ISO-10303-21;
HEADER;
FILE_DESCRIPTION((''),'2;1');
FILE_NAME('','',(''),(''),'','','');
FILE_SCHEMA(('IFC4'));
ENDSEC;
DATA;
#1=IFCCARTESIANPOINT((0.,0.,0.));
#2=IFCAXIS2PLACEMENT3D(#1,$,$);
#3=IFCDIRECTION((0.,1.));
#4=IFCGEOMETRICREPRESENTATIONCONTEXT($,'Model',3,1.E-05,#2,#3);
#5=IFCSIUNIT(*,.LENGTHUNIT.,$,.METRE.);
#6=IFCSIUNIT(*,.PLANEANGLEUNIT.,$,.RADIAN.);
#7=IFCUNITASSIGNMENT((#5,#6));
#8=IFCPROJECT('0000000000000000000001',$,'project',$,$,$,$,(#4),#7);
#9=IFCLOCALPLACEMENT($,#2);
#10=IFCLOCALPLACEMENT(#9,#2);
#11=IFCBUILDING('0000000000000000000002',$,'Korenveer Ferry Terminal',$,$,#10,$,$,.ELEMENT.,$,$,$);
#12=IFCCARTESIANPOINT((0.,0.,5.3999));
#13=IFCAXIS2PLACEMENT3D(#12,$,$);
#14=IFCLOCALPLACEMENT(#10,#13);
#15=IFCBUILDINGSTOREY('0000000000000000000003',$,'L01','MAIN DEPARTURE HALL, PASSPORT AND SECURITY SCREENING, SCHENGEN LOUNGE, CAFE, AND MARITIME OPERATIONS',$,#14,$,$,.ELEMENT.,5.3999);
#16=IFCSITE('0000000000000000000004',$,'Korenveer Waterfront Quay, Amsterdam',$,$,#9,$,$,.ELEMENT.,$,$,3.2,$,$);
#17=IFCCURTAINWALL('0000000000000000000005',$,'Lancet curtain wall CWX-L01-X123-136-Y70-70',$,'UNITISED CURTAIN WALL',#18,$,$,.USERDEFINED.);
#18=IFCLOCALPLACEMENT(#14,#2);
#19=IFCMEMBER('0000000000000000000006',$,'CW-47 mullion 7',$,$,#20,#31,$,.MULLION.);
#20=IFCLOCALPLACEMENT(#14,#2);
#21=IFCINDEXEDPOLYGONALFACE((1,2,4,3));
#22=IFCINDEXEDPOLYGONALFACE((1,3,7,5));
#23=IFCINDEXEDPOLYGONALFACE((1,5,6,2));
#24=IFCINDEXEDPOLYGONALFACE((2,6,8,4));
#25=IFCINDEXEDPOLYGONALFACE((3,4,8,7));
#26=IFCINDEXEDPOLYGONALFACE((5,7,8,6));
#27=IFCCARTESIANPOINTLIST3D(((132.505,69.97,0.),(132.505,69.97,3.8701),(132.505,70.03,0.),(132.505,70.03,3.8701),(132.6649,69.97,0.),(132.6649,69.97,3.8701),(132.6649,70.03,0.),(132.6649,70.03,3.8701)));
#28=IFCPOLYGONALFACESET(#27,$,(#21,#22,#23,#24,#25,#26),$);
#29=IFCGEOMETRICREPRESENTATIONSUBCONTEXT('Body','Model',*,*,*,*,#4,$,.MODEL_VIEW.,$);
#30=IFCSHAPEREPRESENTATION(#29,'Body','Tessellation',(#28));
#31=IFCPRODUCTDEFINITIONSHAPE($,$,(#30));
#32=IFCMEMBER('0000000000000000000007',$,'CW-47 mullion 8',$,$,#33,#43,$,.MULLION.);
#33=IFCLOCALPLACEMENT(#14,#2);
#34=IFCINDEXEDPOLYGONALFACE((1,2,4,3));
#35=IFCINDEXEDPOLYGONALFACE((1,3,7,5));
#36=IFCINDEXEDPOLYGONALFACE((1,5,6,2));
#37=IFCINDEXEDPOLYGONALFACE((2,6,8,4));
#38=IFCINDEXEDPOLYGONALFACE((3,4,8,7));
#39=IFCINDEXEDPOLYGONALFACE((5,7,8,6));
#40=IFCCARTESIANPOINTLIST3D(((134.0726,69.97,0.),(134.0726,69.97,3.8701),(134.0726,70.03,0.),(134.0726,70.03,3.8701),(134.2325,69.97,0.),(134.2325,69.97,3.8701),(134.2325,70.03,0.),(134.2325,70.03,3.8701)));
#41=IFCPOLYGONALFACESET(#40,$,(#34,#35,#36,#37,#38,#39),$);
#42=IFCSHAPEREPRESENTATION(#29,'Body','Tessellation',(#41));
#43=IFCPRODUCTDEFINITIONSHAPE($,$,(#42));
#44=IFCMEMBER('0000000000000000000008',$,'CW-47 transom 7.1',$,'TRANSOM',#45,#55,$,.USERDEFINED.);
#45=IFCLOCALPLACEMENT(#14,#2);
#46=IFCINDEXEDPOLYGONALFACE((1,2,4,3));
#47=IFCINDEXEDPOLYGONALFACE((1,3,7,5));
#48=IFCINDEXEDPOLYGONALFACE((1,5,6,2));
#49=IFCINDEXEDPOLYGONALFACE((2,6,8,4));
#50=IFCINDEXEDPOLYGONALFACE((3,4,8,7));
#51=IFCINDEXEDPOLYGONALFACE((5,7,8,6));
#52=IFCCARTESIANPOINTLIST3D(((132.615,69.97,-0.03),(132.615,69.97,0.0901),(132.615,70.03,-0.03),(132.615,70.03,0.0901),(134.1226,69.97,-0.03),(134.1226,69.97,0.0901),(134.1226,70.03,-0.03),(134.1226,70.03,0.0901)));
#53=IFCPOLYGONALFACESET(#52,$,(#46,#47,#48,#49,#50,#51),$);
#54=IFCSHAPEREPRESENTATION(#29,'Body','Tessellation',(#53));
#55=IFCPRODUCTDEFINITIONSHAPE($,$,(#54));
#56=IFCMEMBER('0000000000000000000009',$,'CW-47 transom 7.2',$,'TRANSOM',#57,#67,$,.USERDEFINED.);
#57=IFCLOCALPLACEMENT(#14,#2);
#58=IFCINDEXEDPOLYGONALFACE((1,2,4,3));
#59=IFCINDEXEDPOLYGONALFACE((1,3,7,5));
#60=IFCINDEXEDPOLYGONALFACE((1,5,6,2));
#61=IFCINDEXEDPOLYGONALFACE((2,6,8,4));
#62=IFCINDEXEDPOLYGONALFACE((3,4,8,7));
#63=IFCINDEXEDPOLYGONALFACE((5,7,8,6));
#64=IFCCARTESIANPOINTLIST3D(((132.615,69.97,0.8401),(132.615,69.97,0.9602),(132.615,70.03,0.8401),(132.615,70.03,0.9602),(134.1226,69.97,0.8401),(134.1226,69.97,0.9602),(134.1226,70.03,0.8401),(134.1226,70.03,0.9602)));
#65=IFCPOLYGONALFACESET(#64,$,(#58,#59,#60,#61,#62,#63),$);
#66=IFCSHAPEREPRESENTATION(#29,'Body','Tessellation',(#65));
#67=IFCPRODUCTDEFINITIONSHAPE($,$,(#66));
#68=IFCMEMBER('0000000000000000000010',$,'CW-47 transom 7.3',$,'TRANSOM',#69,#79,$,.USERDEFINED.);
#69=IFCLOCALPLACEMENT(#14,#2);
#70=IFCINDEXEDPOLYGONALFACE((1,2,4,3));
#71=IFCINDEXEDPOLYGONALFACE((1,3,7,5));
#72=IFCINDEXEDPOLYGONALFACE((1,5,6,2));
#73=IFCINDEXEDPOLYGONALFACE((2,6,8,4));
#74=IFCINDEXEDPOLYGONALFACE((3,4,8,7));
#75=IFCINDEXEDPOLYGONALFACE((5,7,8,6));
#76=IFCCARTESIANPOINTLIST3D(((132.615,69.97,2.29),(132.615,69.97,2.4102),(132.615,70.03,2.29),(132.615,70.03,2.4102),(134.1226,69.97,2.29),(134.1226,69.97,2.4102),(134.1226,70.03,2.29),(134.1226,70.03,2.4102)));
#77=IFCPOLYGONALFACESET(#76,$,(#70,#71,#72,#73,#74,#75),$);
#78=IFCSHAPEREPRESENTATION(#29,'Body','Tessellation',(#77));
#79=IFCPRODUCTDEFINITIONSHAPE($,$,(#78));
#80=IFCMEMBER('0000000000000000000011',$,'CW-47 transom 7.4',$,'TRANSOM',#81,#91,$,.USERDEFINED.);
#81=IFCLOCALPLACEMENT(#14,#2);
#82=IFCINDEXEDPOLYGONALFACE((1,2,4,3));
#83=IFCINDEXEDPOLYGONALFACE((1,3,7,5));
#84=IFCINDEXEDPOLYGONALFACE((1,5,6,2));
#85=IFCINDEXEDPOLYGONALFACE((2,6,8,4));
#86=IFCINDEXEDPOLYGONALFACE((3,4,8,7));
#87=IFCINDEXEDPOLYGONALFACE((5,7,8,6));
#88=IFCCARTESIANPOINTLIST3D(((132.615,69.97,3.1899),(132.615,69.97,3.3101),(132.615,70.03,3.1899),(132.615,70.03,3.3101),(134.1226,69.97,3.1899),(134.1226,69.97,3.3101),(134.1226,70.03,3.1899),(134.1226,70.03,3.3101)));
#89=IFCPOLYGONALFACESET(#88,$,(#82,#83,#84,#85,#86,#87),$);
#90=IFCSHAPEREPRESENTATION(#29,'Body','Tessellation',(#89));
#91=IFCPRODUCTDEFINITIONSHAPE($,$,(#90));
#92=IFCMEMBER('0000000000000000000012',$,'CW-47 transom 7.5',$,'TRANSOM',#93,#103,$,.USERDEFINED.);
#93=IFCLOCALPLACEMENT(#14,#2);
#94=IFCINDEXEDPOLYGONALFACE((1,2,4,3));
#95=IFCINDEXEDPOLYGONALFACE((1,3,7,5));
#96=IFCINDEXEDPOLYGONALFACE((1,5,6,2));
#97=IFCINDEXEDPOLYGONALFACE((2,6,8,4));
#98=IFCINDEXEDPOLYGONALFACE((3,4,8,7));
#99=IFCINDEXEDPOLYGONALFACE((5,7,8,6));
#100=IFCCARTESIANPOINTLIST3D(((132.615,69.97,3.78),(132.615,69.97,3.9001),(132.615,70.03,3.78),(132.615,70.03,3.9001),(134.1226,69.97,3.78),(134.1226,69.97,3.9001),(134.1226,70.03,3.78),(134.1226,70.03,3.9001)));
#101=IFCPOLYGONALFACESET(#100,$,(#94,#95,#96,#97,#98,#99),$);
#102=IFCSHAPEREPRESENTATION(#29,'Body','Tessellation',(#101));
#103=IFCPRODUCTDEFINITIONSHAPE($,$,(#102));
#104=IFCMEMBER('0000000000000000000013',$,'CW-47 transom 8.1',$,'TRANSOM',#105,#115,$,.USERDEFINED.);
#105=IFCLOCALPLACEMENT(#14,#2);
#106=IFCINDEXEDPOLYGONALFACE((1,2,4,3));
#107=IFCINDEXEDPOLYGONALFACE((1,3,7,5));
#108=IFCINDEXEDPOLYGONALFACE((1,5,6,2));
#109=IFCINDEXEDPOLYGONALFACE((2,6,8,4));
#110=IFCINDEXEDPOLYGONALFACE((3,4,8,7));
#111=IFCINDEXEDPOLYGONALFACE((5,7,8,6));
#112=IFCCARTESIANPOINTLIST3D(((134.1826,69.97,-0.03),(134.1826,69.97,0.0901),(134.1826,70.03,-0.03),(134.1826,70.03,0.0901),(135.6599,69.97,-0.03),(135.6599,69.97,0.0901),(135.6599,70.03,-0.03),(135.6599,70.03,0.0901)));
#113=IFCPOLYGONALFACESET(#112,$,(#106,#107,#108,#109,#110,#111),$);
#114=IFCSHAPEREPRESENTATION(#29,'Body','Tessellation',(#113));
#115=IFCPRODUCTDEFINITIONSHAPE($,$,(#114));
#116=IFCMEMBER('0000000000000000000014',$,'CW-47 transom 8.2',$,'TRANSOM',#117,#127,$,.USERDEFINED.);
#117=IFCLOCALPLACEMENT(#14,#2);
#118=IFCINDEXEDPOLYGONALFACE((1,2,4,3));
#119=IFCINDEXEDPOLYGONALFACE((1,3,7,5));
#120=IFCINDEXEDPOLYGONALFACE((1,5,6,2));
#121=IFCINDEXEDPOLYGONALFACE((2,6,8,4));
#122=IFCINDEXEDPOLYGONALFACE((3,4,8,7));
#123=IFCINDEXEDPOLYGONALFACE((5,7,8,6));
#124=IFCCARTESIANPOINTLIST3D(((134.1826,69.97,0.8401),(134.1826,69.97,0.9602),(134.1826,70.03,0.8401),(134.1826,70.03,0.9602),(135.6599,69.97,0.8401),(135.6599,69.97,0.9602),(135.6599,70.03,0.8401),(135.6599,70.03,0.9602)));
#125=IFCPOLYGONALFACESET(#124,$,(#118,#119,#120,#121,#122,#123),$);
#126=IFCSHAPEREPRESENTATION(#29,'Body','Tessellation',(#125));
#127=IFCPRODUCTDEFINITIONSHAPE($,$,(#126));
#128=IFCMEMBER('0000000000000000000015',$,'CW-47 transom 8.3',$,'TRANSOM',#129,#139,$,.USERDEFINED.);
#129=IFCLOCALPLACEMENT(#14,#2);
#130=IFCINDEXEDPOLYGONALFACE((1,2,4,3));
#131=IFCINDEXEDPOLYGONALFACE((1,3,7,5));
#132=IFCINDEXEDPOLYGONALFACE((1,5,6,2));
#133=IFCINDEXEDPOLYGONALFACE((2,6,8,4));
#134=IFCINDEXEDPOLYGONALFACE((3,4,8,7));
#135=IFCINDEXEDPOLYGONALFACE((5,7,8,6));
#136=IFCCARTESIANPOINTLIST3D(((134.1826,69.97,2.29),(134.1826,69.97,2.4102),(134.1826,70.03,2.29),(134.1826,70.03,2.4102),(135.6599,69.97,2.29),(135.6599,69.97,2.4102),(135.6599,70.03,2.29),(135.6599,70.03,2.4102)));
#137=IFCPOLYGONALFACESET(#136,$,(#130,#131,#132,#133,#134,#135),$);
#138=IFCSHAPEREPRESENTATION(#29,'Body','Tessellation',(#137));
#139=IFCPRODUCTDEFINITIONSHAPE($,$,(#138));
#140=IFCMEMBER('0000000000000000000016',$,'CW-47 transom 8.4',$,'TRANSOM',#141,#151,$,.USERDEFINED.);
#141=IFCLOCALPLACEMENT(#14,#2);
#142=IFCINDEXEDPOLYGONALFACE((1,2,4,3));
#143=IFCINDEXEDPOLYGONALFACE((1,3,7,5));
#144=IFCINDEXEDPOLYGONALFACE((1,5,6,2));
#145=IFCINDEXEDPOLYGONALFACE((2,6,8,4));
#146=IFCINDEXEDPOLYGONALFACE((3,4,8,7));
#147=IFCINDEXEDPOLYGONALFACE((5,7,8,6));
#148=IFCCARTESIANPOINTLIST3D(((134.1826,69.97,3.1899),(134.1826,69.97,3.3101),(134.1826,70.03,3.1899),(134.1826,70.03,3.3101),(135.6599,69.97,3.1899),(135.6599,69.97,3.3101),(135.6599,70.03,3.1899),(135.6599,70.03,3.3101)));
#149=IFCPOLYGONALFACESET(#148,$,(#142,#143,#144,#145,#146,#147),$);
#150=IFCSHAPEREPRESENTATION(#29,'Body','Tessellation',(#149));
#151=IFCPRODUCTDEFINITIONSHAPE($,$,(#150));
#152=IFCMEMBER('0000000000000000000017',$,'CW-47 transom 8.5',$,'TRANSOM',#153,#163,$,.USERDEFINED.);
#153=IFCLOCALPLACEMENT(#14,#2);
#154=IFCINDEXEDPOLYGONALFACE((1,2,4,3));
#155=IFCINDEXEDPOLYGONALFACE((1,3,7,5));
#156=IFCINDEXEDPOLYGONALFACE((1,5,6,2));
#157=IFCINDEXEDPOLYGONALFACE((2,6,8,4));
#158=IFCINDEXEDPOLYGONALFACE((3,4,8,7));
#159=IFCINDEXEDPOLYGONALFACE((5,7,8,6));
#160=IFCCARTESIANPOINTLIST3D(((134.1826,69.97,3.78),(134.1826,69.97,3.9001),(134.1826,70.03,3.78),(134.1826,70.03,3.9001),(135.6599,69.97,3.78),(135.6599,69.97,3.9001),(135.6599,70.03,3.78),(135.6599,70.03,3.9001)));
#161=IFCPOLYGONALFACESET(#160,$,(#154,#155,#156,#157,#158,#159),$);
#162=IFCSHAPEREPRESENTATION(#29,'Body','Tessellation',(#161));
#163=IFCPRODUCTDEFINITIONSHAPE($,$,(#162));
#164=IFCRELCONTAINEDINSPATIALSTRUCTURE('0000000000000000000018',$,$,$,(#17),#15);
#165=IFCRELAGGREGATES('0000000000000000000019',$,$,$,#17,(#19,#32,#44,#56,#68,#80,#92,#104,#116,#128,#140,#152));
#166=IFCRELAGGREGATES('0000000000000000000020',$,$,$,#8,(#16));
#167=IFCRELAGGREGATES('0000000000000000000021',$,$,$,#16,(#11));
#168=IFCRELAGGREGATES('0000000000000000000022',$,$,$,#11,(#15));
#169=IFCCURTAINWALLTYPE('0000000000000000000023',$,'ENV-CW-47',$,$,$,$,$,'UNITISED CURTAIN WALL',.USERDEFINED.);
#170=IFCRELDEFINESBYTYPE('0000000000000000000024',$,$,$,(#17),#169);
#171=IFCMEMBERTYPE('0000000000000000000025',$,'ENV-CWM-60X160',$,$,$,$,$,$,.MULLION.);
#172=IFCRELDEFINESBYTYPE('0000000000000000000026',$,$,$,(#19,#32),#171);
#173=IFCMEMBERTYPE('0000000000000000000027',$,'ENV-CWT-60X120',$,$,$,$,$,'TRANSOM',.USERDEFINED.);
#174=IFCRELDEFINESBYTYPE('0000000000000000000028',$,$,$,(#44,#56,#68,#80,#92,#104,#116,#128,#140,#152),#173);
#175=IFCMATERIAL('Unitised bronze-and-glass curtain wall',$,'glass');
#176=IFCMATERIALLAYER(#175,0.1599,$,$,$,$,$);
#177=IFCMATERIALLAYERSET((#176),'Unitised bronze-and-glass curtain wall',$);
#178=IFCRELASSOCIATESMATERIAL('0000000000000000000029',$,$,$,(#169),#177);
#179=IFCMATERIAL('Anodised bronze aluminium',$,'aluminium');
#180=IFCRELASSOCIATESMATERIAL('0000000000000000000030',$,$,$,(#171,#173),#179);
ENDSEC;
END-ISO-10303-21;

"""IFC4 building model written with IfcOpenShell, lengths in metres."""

from ifc_helpers import new_model, si_unit, direction, frame, origin, origin_2d, place, context, subcontext, project, spatial, rectangle, extrude, material, layer, layer_set, material_profile, profile_set, type_object, element, aggregate, save


model = new_model("IFC4")

# Units and contexts
model_context = context("Model", 3, precision=1e-05, world=origin(), true_north=direction((0.0, 1.0)))
body_context = subcontext(model_context, "Body", "Model", "MODEL_VIEW")
ifc_project = project(units=[si_unit("LENGTHUNIT", "METRE"), si_unit("PLANEANGLEUNIT", "RADIAN")], contexts=[model_context])

# Site, building, storey
site_placement = place(None, origin())
site = spatial("IfcSite", under=ifc_project, at=site_placement, Name="Korenveer Waterfront Quay, Amsterdam", CompositionType="ELEMENT", RefElevation=3.2)
building_placement = place(site_placement, origin())
building = spatial("IfcBuilding", under=site, at=building_placement, Name="Korenveer Ferry Terminal", CompositionType="ELEMENT")
storey_placement = place(building_placement, frame((0.0, 0.0, 5.3999)))
storey = spatial("IfcBuildingStorey", under=building, at=storey_placement, Name="L01", Description="MAIN DEPARTURE HALL, PASSPORT AND SECURITY SCREENING, SCHENGEN LOUNGE, CAFE, AND MARITIME OPERATIONS", CompositionType="ELEMENT", Elevation=5.3999)

# Curtain wall, members
ifc_material_1 = material(Name="Unitised bronze-and-glass curtain wall", Category="glass")
ifc_layer_1 = layer(ifc_material_1, 0.1599)
ifc_layer_set_1 = layer_set([ifc_layer_1], Name="Unitised bronze-and-glass curtain wall")
curtain_wall_type = type_object("IfcCurtainWallType", Name="ENV-CW-47", ElementType="UNITISED CURTAIN WALL", PredefinedType="USERDEFINED", material=ifc_layer_set_1)
curtain_wall_placement = place(storey_placement, frame((123.1799, 70.0, 0.0)))
curtain_wall = element("IfcCurtainWall", 1, at=curtain_wall_placement, inside=storey, type_object=curtain_wall_type, Name="Lancet curtain wall CWX-L01-X123-136-Y70-70", ObjectType="UNITISED CURTAIN WALL", PredefinedType="USERDEFINED")
ifc_material_2 = material(Name="Anodised bronze aluminium", Category="aluminium")
ifc_material_profile_1 = material_profile(ifc_material_2, rectangle(XDim=0.0601, YDim=0.1599, at=origin_2d()), Name="ALU 60x160")
ifc_profile_set_1 = profile_set([ifc_material_profile_1], Name="Anodised bronze aluminium")
member_type_1 = type_object("IfcMemberType", Name="ENV-CWM-60X160", PredefinedType="MULLION", material=ifc_profile_set_1)
member_1_placement = place(storey_placement, frame((132.585, 70.0, 0.0), z_axis=(0.0, 0.0, 1.0), x_axis=(0.0, 1.0, 0.0)))
member_1 = element("IfcMember", 2, at=member_1_placement, type_object=member_type_1, Name="CW-47 mullion 7", PredefinedType="MULLION", context=body_context, shape_type="SweptSolid", body=[
    extrude(rectangle(XDim=0.0601, YDim=0.1599, at=origin_2d()), origin(), (0.0, 0.0, 1.0), 3.8701),
])
member_2_placement = place(storey_placement, frame((134.1526, 70.0, 0.0), z_axis=(0.0, 0.0, 1.0), x_axis=(0.0, 1.0, 0.0)))
member_2 = element("IfcMember", 3, at=member_2_placement, type_object=member_type_1, Name="CW-47 mullion 8", PredefinedType="MULLION", context=body_context, shape_type="SweptSolid", body=[
    extrude(rectangle(XDim=0.0601, YDim=0.1599, at=origin_2d()), origin(), (0.0, 0.0, 1.0), 3.8701),
])
ifc_material_profile_2 = material_profile(ifc_material_2, rectangle(XDim=0.0601, YDim=0.1201, at=origin_2d()), Name="ALU 60x120")
ifc_profile_set_2 = profile_set([ifc_material_profile_2], Name="Anodised bronze aluminium")
member_type_2 = type_object("IfcMemberType", Name="ENV-CWT-60X120", ElementType="TRANSOM", PredefinedType="USERDEFINED", material=ifc_profile_set_2)
member_3_placement = place(storey_placement, frame((132.615, 70.0, 0.03), z_axis=(1.0, 0.0, 0.0), x_axis=(0.0, 1.0, 0.0)))
member_3 = element("IfcMember", 4, at=member_3_placement, type_object=member_type_2, Name="CW-47 transom 7.1", ObjectType="TRANSOM", PredefinedType="USERDEFINED", context=body_context, shape_type="SweptSolid", body=[
    extrude(rectangle(XDim=0.0601, YDim=0.1201, at=origin_2d()), origin(), (0.0, 0.0, 1.0), 1.5076),
])
member_4_placement = place(storey_placement, frame((132.615, 70.0, 0.9001), z_axis=(1.0, 0.0, 0.0), x_axis=(0.0, 1.0, 0.0)))
member_4 = element("IfcMember", 5, at=member_4_placement, type_object=member_type_2, Name="CW-47 transom 7.2", ObjectType="TRANSOM", PredefinedType="USERDEFINED", context=body_context, shape_type="SweptSolid", body=[
    extrude(rectangle(XDim=0.0601, YDim=0.1201, at=origin_2d()), origin(), (0.0, 0.0, 1.0), 1.5076),
])
member_5_placement = place(storey_placement, frame((132.615, 70.0, 2.3501), z_axis=(1.0, 0.0, 0.0), x_axis=(0.0, 1.0, 0.0)))
member_5 = element("IfcMember", 6, at=member_5_placement, type_object=member_type_2, Name="CW-47 transom 7.3", ObjectType="TRANSOM", PredefinedType="USERDEFINED", context=body_context, shape_type="SweptSolid", body=[
    extrude(rectangle(XDim=0.0601, YDim=0.1201, at=origin_2d()), origin(), (0.0, 0.0, 1.0), 1.5076),
])
member_6_placement = place(storey_placement, frame((132.615, 70.0, 3.25), z_axis=(1.0, 0.0, 0.0), x_axis=(0.0, 1.0, 0.0)))
member_6 = element("IfcMember", 7, at=member_6_placement, type_object=member_type_2, Name="CW-47 transom 7.4", ObjectType="TRANSOM", PredefinedType="USERDEFINED", context=body_context, shape_type="SweptSolid", body=[
    extrude(rectangle(XDim=0.0601, YDim=0.1201, at=origin_2d()), origin(), (0.0, 0.0, 1.0), 1.5076),
])
member_7_placement = place(storey_placement, frame((132.615, 70.0, 3.8401), z_axis=(1.0, 0.0, 0.0), x_axis=(0.0, 1.0, 0.0)))
member_7 = element("IfcMember", 8, at=member_7_placement, type_object=member_type_2, Name="CW-47 transom 7.5", ObjectType="TRANSOM", PredefinedType="USERDEFINED", context=body_context, shape_type="SweptSolid", body=[
    extrude(rectangle(XDim=0.0601, YDim=0.1201, at=origin_2d()), origin(), (0.0, 0.0, 1.0), 1.5076),
])
member_8_placement = place(storey_placement, frame((134.1826, 70.0, 0.03), z_axis=(1.0, 0.0, 0.0), x_axis=(0.0, 1.0, 0.0)))
member_8 = element("IfcMember", 9, at=member_8_placement, type_object=member_type_2, Name="CW-47 transom 8.1", ObjectType="TRANSOM", PredefinedType="USERDEFINED", context=body_context, shape_type="SweptSolid", body=[
    extrude(rectangle(XDim=0.0601, YDim=0.1201, at=origin_2d()), origin(), (0.0, 0.0, 1.0), 1.4773),
])
member_9_placement = place(storey_placement, frame((134.1826, 70.0, 0.9001), z_axis=(1.0, 0.0, 0.0), x_axis=(0.0, 1.0, 0.0)))
member_9 = element("IfcMember", 10, at=member_9_placement, type_object=member_type_2, Name="CW-47 transom 8.2", ObjectType="TRANSOM", PredefinedType="USERDEFINED", context=body_context, shape_type="SweptSolid", body=[
    extrude(rectangle(XDim=0.0601, YDim=0.1201, at=origin_2d()), origin(), (0.0, 0.0, 1.0), 1.4773),
])
member_10_placement = place(storey_placement, frame((134.1826, 70.0, 2.3501), z_axis=(1.0, 0.0, 0.0), x_axis=(0.0, 1.0, 0.0)))
member_10 = element("IfcMember", 11, at=member_10_placement, type_object=member_type_2, Name="CW-47 transom 8.3", ObjectType="TRANSOM", PredefinedType="USERDEFINED", context=body_context, shape_type="SweptSolid", body=[
    extrude(rectangle(XDim=0.0601, YDim=0.1201, at=origin_2d()), origin(), (0.0, 0.0, 1.0), 1.4773),
])
member_11_placement = place(storey_placement, frame((134.1826, 70.0, 3.25), z_axis=(1.0, 0.0, 0.0), x_axis=(0.0, 1.0, 0.0)))
member_11 = element("IfcMember", 12, at=member_11_placement, type_object=member_type_2, Name="CW-47 transom 8.4", ObjectType="TRANSOM", PredefinedType="USERDEFINED", context=body_context, shape_type="SweptSolid", body=[
    extrude(rectangle(XDim=0.0601, YDim=0.1201, at=origin_2d()), origin(), (0.0, 0.0, 1.0), 1.4773),
])
member_12_placement = place(storey_placement, frame((134.1826, 70.0, 3.8401), z_axis=(1.0, 0.0, 0.0), x_axis=(0.0, 1.0, 0.0)))
member_12 = element("IfcMember", 13, at=member_12_placement, type_object=member_type_2, Name="CW-47 transom 8.5", ObjectType="TRANSOM", PredefinedType="USERDEFINED", context=body_context, shape_type="SweptSolid", body=[
    extrude(rectangle(XDim=0.0601, YDim=0.1201, at=origin_2d()), origin(), (0.0, 0.0, 1.0), 1.4773),
])

aggregate(curtain_wall, [member_1, member_2, member_3, member_4, member_5, member_6, member_7, member_8, member_9, member_10, member_11, member_12])

save(model, "model.ifc")
